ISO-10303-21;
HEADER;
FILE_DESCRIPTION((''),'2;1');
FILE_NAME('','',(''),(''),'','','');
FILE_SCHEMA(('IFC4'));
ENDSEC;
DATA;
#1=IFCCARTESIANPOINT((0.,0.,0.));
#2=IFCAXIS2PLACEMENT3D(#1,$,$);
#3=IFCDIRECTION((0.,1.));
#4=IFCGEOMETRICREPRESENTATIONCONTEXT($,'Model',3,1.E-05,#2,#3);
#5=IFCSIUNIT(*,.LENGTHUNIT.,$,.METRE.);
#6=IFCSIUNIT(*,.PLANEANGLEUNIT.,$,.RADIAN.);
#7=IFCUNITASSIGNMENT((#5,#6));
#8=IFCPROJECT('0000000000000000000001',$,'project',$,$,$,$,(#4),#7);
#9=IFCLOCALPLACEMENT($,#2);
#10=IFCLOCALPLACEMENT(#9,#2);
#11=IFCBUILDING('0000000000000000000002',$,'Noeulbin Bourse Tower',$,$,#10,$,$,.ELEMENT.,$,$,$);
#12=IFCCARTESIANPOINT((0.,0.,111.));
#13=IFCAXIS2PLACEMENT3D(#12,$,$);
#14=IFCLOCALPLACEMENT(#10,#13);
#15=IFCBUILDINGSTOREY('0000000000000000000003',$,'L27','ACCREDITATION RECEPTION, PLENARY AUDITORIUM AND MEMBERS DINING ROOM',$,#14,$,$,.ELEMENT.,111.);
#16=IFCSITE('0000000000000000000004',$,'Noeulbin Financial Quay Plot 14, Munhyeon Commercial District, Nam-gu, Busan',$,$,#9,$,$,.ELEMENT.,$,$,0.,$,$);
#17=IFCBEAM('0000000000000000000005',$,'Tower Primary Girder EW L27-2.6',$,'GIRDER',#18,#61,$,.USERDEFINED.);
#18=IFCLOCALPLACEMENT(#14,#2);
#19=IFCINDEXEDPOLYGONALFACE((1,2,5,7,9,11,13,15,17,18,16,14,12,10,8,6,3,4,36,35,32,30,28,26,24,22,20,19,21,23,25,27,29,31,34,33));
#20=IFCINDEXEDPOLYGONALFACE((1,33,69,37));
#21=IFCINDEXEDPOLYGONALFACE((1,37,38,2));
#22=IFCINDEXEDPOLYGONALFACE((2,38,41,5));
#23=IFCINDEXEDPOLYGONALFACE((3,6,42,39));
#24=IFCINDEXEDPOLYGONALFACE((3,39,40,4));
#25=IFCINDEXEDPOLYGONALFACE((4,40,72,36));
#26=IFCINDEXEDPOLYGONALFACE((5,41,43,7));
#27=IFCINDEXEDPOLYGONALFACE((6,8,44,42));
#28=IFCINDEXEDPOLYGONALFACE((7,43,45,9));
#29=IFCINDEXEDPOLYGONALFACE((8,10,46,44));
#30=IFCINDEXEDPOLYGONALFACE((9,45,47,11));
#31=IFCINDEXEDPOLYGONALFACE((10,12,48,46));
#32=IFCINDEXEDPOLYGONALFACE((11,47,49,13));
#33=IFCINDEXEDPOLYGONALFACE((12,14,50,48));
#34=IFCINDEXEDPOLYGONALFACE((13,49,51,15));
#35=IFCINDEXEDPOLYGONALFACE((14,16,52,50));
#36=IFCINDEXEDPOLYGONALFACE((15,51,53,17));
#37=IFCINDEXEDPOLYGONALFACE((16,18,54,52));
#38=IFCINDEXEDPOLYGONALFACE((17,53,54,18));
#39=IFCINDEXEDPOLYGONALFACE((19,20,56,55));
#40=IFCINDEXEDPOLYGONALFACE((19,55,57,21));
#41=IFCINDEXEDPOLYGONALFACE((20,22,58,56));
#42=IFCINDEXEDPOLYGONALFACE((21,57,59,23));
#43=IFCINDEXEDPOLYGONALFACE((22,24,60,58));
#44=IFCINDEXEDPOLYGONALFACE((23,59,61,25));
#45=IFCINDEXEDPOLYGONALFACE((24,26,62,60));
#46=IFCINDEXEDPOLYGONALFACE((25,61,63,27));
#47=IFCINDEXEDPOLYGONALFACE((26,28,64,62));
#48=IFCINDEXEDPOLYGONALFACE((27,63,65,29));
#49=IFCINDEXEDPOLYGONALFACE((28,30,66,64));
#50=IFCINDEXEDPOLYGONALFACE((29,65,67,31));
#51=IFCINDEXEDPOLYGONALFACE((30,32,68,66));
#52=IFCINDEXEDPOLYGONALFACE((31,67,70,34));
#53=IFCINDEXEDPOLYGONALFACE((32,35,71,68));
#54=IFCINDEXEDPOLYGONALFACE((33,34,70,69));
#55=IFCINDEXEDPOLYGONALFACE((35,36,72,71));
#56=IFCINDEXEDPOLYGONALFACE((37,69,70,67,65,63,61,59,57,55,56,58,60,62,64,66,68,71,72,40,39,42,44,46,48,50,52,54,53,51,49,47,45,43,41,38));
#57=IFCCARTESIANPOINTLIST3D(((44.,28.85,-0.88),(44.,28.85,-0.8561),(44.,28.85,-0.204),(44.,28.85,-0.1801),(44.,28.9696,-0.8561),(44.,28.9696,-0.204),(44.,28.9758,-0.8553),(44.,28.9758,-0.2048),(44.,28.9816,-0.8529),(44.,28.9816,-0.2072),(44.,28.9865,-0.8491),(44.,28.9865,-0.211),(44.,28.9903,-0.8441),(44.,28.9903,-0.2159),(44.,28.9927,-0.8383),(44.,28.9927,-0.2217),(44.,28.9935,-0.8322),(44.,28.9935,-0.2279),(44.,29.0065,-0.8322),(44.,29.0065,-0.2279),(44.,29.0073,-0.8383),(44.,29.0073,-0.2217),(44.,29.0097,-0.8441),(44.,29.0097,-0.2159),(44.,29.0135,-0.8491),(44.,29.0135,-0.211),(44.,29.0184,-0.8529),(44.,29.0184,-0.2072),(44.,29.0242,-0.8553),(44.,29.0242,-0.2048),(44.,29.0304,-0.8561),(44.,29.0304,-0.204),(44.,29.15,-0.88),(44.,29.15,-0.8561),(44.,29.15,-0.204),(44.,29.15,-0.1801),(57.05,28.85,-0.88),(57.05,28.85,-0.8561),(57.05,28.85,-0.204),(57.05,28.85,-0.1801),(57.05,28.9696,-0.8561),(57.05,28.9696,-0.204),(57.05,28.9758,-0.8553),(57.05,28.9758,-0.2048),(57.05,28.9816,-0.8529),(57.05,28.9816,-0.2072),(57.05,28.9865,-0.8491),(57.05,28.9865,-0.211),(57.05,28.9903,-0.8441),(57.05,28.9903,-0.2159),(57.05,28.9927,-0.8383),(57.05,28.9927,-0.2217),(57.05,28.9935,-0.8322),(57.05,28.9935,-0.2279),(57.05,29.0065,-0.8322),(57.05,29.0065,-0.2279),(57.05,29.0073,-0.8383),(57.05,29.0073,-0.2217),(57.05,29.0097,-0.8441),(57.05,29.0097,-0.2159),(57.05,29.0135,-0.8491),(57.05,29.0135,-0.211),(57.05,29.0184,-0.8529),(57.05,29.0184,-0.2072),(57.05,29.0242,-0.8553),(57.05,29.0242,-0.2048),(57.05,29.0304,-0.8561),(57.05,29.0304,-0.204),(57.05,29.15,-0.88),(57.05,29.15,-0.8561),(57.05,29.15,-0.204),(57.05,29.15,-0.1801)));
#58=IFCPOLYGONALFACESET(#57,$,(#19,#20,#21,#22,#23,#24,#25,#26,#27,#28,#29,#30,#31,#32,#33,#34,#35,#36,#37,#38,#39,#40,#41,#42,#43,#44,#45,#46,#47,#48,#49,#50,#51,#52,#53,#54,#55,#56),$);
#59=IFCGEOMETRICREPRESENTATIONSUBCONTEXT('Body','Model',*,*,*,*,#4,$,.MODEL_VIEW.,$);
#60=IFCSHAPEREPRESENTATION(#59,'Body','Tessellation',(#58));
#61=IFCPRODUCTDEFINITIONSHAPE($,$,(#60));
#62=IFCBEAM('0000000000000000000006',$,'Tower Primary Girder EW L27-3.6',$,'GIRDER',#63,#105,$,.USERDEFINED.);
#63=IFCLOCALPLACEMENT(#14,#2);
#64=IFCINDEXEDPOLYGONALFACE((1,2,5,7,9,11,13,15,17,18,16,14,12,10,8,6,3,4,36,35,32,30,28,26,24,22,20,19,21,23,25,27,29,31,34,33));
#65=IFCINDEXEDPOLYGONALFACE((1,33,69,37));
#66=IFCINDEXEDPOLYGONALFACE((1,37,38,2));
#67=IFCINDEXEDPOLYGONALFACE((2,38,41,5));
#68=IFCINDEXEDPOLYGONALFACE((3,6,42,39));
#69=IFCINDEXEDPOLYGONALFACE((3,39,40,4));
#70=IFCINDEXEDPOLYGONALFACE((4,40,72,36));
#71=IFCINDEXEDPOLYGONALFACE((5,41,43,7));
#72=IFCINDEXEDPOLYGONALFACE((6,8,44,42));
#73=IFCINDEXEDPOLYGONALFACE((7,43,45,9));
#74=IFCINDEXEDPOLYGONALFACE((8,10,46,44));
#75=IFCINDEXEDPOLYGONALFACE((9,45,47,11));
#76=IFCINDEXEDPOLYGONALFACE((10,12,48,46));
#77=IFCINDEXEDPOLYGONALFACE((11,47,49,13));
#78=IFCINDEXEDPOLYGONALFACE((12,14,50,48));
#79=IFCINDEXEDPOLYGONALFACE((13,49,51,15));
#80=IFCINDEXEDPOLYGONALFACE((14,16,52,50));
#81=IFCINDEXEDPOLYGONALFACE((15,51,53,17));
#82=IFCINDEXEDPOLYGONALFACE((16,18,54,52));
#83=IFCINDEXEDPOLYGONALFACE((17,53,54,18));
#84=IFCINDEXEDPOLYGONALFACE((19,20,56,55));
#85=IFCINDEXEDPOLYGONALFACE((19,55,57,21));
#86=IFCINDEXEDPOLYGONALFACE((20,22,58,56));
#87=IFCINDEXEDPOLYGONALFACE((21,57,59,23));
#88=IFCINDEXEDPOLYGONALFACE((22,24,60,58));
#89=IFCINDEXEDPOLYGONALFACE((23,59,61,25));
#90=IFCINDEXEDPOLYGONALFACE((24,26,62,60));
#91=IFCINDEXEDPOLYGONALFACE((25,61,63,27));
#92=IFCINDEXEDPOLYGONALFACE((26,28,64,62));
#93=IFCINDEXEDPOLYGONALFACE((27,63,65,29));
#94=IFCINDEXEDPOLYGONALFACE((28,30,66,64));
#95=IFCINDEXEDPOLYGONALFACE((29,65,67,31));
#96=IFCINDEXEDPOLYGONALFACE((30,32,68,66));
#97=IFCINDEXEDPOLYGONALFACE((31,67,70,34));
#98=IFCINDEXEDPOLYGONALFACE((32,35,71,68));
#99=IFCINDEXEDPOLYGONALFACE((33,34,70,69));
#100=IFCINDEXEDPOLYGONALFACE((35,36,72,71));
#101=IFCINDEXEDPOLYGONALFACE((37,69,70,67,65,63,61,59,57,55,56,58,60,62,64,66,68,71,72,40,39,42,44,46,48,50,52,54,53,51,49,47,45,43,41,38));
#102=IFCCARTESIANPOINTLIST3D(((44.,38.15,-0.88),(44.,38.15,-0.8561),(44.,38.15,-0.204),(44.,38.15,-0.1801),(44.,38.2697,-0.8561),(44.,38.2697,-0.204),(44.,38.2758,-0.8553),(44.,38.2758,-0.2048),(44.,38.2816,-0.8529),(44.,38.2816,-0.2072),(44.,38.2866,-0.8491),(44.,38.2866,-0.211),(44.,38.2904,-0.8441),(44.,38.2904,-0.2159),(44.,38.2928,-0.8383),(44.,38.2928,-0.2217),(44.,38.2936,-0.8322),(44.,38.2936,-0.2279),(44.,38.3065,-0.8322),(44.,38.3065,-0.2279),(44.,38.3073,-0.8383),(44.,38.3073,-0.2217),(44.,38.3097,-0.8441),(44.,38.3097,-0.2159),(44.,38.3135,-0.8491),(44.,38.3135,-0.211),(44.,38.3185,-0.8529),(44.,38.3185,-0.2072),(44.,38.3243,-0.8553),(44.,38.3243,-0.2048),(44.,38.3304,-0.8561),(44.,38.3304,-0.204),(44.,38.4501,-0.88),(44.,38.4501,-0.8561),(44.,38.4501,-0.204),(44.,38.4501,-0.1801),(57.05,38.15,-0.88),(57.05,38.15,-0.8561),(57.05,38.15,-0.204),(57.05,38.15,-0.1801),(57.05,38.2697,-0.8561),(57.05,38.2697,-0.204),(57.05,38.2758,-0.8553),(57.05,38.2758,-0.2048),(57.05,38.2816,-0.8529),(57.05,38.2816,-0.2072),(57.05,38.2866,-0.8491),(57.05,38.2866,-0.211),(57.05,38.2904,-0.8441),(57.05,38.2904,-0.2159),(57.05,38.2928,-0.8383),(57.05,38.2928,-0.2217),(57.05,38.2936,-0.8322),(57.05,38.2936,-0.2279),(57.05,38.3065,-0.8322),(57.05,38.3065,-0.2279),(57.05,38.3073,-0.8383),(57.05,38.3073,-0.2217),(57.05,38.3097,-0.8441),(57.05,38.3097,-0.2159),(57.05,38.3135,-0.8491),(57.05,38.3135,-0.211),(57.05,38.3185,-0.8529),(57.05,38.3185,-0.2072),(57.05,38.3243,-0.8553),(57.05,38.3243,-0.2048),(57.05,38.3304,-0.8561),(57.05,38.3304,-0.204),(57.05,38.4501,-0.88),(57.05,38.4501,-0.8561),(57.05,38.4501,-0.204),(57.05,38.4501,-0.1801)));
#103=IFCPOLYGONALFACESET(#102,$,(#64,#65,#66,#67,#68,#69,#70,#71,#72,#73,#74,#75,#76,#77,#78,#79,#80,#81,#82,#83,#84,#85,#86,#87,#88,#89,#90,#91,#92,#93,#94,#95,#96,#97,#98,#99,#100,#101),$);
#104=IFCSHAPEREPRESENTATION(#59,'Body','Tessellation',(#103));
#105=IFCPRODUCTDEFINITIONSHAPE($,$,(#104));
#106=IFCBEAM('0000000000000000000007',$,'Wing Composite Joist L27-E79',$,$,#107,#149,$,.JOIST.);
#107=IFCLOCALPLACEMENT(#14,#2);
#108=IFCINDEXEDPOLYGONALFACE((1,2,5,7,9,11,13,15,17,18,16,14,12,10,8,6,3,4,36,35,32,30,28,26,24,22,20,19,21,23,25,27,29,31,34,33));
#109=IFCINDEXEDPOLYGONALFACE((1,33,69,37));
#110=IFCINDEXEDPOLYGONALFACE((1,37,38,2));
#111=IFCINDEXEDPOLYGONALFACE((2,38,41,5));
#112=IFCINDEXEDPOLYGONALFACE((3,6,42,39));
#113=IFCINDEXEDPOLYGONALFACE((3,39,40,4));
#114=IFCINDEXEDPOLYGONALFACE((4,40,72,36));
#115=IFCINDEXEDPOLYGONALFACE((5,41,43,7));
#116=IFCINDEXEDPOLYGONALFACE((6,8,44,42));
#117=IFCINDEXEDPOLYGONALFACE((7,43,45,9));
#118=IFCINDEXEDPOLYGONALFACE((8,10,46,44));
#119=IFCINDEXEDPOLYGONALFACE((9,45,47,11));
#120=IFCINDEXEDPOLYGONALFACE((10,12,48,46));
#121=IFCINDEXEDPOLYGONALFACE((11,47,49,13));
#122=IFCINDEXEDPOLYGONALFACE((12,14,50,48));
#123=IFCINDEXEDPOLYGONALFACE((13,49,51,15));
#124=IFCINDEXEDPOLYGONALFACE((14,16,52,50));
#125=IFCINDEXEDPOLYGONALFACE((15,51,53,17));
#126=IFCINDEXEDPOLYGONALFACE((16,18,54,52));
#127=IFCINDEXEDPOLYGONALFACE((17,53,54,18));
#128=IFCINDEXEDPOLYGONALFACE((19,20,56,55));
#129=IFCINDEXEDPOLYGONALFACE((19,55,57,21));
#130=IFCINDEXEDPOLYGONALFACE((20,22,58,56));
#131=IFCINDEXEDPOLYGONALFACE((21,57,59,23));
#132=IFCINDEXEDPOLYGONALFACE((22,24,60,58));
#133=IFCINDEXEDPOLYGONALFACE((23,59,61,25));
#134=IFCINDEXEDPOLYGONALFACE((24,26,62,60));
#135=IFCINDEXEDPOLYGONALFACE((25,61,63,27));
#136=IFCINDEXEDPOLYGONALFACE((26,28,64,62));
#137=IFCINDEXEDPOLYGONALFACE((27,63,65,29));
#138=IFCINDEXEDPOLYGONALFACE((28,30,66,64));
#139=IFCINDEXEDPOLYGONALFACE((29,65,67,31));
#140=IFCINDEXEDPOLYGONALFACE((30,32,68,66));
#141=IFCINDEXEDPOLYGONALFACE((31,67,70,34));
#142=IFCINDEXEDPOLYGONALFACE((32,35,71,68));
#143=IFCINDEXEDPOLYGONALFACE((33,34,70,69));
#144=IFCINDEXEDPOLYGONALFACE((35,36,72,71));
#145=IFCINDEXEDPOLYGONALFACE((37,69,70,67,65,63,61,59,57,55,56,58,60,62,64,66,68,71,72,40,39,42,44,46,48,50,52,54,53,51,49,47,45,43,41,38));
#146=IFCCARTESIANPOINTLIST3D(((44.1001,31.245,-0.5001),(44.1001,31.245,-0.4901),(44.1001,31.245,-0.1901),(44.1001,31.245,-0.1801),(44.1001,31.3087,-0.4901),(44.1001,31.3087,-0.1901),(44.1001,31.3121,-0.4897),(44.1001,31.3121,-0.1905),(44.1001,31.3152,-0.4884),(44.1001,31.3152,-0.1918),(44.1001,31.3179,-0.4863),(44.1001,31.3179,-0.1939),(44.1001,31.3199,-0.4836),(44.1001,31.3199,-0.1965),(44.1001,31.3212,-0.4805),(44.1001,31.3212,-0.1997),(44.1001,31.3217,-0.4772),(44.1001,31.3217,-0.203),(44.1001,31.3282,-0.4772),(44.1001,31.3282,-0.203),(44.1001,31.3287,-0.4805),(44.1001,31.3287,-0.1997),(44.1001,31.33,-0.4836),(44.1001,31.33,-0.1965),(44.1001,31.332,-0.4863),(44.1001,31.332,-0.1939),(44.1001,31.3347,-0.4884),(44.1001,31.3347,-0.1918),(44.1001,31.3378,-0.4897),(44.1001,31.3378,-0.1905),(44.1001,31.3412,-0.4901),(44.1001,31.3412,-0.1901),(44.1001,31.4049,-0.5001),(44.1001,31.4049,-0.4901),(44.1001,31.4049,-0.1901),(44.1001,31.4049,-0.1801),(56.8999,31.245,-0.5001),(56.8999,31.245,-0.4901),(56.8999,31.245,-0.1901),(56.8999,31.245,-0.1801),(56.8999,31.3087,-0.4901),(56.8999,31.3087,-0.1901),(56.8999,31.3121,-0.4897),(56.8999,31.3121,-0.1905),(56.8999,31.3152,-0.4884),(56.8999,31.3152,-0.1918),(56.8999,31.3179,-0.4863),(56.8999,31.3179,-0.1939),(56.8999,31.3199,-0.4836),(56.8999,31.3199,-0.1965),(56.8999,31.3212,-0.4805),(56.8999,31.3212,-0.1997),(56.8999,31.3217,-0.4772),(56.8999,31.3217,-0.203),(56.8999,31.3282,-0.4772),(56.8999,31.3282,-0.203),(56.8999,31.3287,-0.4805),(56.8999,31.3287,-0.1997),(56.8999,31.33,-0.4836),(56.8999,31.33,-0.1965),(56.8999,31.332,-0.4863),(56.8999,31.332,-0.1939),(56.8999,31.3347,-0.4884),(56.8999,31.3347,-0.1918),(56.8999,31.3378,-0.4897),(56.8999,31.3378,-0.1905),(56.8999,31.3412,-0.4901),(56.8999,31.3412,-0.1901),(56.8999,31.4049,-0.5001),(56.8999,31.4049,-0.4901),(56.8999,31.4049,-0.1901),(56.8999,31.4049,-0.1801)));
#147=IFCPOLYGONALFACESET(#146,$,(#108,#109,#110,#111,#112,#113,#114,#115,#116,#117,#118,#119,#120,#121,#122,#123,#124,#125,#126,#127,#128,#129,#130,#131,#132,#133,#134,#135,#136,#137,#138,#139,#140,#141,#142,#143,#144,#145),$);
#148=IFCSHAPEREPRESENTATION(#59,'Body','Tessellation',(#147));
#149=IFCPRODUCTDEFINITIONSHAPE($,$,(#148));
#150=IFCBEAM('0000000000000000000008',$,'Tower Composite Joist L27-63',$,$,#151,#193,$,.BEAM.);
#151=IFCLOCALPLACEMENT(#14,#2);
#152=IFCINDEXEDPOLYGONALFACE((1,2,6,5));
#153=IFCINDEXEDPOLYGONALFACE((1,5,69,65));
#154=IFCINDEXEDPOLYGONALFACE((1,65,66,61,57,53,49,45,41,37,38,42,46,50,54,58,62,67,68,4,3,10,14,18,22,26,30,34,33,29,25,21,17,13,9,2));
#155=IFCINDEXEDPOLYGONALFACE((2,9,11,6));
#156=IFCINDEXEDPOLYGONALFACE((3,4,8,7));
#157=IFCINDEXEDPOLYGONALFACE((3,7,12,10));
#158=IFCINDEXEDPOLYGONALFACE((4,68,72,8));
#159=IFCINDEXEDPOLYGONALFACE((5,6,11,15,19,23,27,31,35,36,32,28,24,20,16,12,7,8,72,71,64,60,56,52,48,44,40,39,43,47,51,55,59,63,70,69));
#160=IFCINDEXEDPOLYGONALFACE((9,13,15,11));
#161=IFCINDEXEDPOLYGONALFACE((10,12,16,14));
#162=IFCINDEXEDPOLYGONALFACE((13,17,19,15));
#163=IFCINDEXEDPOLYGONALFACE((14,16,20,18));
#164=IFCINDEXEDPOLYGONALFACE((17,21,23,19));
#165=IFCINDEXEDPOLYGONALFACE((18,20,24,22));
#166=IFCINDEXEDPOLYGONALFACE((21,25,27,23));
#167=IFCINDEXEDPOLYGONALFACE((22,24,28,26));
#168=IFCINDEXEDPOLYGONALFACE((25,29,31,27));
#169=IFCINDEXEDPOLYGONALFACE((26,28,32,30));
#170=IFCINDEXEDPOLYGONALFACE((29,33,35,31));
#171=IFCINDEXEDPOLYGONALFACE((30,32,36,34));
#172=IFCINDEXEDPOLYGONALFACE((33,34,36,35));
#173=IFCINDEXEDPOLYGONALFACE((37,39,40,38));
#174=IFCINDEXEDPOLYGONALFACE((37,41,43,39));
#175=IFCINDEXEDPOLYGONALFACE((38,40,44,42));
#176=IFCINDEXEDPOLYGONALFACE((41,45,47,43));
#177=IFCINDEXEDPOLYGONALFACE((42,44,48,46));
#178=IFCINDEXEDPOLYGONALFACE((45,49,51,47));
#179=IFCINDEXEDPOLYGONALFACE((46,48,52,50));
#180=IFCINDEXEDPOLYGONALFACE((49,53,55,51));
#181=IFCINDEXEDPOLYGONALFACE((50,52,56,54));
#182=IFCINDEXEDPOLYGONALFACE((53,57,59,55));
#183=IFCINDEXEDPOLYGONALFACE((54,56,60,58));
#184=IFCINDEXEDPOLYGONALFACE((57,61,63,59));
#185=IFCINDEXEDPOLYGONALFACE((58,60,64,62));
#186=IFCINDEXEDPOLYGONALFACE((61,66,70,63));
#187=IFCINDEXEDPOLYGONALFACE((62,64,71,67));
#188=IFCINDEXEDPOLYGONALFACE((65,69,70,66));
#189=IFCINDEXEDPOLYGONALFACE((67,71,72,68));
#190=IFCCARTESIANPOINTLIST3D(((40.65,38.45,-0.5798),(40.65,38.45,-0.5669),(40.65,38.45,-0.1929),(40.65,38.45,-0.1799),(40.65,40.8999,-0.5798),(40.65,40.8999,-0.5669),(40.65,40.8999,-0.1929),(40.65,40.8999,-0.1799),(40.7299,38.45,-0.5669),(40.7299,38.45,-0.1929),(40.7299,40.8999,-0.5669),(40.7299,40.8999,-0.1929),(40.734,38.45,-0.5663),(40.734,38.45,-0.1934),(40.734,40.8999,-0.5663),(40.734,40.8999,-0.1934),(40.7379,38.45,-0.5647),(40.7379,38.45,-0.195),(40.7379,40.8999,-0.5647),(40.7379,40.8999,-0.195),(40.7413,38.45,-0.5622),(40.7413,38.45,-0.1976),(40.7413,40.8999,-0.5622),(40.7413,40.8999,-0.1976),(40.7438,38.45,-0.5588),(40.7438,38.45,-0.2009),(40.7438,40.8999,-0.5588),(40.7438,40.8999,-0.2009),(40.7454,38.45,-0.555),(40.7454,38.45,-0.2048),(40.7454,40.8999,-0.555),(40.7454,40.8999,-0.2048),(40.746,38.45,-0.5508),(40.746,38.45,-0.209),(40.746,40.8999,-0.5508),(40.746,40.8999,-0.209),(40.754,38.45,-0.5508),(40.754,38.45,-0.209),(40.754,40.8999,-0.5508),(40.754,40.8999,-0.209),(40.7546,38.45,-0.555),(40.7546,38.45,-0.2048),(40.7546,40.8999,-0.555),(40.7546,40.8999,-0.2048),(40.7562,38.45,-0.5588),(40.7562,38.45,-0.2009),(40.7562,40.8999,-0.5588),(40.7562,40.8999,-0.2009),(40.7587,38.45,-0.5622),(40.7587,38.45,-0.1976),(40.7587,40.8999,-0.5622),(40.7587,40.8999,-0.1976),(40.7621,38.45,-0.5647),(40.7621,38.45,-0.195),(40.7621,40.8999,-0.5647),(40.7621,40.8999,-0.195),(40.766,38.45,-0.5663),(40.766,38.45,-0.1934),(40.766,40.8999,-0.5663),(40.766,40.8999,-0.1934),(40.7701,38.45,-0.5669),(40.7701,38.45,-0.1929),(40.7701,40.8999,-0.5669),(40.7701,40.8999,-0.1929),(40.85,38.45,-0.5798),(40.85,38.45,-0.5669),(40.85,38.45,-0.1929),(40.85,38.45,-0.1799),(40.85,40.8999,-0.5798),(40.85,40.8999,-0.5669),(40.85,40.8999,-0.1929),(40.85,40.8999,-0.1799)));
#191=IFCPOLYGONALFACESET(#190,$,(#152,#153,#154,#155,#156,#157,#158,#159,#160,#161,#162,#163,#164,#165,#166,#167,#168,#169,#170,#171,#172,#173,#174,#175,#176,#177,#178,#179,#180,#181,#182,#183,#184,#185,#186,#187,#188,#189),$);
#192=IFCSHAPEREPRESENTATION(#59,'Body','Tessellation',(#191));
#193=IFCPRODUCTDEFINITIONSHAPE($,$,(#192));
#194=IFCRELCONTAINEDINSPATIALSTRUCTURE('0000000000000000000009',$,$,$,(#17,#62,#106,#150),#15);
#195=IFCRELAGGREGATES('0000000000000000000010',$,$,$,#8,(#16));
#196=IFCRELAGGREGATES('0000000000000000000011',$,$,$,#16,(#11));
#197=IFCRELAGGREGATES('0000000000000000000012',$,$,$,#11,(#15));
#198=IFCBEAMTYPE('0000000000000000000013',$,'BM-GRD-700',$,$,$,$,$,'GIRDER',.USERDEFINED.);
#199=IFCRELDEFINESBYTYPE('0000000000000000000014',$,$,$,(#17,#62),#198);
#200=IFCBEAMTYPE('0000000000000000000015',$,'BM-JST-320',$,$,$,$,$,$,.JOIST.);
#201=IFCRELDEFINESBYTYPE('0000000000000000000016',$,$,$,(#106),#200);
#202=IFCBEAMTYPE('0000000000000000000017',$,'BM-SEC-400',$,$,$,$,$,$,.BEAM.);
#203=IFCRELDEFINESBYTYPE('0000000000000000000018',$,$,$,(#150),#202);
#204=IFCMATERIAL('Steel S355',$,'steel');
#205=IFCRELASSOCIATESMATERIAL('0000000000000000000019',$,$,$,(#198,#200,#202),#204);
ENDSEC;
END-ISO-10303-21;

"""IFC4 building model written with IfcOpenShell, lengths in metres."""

from ifc_helpers import new_model, si_unit, direction, frame, origin, origin_2d, place, context, subcontext, project, spatial, i_section, extrude, material, material_profile, profile_set, type_object, element, save


model = new_model("IFC4")

# Units and contexts
model_context = context("Model", 3, precision=1e-05, world=origin(), true_north=direction((0.0, 1.0)))
body_context = subcontext(model_context, "Body", "Model", "MODEL_VIEW")
ifc_project = project(units=[si_unit("LENGTHUNIT", "METRE"), si_unit("PLANEANGLEUNIT", "RADIAN")], contexts=[model_context])

# Site, building, storey
site_placement = place(None, origin())
site = spatial("IfcSite", under=ifc_project, at=site_placement, Name="Noeulbin Financial Quay Plot 14, Munhyeon Commercial District, Nam-gu, Busan", CompositionType="ELEMENT", RefElevation=0.0)
building_placement = place(site_placement, origin())
building = spatial("IfcBuilding", under=site, at=building_placement, Name="Noeulbin Bourse Tower", CompositionType="ELEMENT")
storey_placement = place(building_placement, frame((0.0, 0.0, 111.0)))
storey = spatial("IfcBuildingStorey", under=building, at=storey_placement, Name="L27", Description="ACCREDITATION RECEPTION, PLENARY AUDITORIUM AND MEMBERS DINING ROOM", CompositionType="ELEMENT", Elevation=111.0)

# Shared definitions
ifc_material_1 = material(Name="Steel S355", Category="steel")

# Beams
ifc_material_profile_1 = material_profile(ifc_material_1, i_section(OverallWidth=0.3, OverallDepth=0.7, WebThickness=0.0129, FlangeThickness=0.0239, FilletRadius=0.0239, at=origin_2d()), Name="H-700x300x13x24", Category="LoadBearing")
ifc_profile_set_1 = profile_set([ifc_material_profile_1], Name="Steel S355")
beam_type_1 = type_object("IfcBeamType", Name="BM-GRD-700", ElementType="GIRDER", PredefinedType="USERDEFINED", material=ifc_profile_set_1)
for number, where, z_axis, x_axis, name in (
    (1, (44.0, 29.0, -0.53), (1.0, 0.0, 0.0), (0.0, 1.0, 0.0), "Tower Primary Girder EW L27-2.6"),
    (2, (44.0, 38.3, -0.53), (1.0, 0.0, 0.0), (0.0, 1.0, 0.0), "Tower Primary Girder EW L27-3.6"),
):
    element("IfcBeam", number, at=place(storey_placement, frame(where, z_axis=z_axis, x_axis=x_axis)), inside=storey, type_object=beam_type_1, Name=name, ObjectType="GIRDER", PredefinedType="USERDEFINED", context=body_context, shape_type="SweptSolid", body=[
        extrude(i_section(OverallWidth=0.3, OverallDepth=0.7, WebThickness=0.0129, FlangeThickness=0.0239, FilletRadius=0.0239, at=origin_2d()), origin(), (0.0, 0.0, 1.0), 13.05),
    ])
ifc_material_profile_2 = material_profile(ifc_material_1, i_section(OverallWidth=0.1599, OverallDepth=0.3201, WebThickness=0.0066, FlangeThickness=0.01, FilletRadius=0.0129, at=origin_2d()), Name="H-320x160x6.5x10", Category="LoadBearing")
ifc_profile_set_2 = profile_set([ifc_material_profile_2], Name="Steel S355")
beam_type_2 = type_object("IfcBeamType", Name="BM-JST-320", PredefinedType="JOIST", material=ifc_profile_set_2)
beam_1_placement = place(storey_placement, frame((44.1001, 31.325, -0.3401), z_axis=(1.0, 0.0, 0.0), x_axis=(0.0, 1.0, 0.0)))
element("IfcBeam", 3, at=beam_1_placement, inside=storey, type_object=beam_type_2, Name="Wing Composite Joist L27-E79", PredefinedType="JOIST", context=body_context, shape_type="SweptSolid", body=[
    extrude(i_section(OverallWidth=0.1599, OverallDepth=0.3201, WebThickness=0.0066, FlangeThickness=0.01, FilletRadius=0.0129, at=origin_2d()), origin(), (0.0, 0.0, 1.0), 12.7998),
])
ifc_material_profile_3 = material_profile(ifc_material_1, i_section(OverallWidth=0.2, OverallDepth=0.3999, WebThickness=0.0081, FlangeThickness=0.0129, FilletRadius=0.0161, at=origin_2d()), Name="H-400x200x8x13", Category="LoadBearing")
ifc_profile_set_3 = profile_set([ifc_material_profile_3], Name="Steel S355")
beam_type_3 = type_object("IfcBeamType", Name="BM-SEC-400", PredefinedType="BEAM", material=ifc_profile_set_3)
for number, where, z_axis, x_axis, name in (
    (4, (40.75, 38.45, -0.3799), (0.0, 1.0, 0.0), (-1.0, 0.0, 0.0), "Tower Composite Joist L27-63"),
):
    element("IfcBeam", number, at=place(storey_placement, frame(where, z_axis=z_axis, x_axis=x_axis)), inside=storey, type_object=beam_type_3, Name=name, PredefinedType="BEAM", context=body_context, shape_type="SweptSolid", body=[
        extrude(i_section(OverallWidth=0.2, OverallDepth=0.3999, WebThickness=0.0081, FlangeThickness=0.0129, FilletRadius=0.0161, at=origin_2d()), origin(), (0.0, 0.0, 1.0), 2.45),
    ])

save(model, "model.ifc")
